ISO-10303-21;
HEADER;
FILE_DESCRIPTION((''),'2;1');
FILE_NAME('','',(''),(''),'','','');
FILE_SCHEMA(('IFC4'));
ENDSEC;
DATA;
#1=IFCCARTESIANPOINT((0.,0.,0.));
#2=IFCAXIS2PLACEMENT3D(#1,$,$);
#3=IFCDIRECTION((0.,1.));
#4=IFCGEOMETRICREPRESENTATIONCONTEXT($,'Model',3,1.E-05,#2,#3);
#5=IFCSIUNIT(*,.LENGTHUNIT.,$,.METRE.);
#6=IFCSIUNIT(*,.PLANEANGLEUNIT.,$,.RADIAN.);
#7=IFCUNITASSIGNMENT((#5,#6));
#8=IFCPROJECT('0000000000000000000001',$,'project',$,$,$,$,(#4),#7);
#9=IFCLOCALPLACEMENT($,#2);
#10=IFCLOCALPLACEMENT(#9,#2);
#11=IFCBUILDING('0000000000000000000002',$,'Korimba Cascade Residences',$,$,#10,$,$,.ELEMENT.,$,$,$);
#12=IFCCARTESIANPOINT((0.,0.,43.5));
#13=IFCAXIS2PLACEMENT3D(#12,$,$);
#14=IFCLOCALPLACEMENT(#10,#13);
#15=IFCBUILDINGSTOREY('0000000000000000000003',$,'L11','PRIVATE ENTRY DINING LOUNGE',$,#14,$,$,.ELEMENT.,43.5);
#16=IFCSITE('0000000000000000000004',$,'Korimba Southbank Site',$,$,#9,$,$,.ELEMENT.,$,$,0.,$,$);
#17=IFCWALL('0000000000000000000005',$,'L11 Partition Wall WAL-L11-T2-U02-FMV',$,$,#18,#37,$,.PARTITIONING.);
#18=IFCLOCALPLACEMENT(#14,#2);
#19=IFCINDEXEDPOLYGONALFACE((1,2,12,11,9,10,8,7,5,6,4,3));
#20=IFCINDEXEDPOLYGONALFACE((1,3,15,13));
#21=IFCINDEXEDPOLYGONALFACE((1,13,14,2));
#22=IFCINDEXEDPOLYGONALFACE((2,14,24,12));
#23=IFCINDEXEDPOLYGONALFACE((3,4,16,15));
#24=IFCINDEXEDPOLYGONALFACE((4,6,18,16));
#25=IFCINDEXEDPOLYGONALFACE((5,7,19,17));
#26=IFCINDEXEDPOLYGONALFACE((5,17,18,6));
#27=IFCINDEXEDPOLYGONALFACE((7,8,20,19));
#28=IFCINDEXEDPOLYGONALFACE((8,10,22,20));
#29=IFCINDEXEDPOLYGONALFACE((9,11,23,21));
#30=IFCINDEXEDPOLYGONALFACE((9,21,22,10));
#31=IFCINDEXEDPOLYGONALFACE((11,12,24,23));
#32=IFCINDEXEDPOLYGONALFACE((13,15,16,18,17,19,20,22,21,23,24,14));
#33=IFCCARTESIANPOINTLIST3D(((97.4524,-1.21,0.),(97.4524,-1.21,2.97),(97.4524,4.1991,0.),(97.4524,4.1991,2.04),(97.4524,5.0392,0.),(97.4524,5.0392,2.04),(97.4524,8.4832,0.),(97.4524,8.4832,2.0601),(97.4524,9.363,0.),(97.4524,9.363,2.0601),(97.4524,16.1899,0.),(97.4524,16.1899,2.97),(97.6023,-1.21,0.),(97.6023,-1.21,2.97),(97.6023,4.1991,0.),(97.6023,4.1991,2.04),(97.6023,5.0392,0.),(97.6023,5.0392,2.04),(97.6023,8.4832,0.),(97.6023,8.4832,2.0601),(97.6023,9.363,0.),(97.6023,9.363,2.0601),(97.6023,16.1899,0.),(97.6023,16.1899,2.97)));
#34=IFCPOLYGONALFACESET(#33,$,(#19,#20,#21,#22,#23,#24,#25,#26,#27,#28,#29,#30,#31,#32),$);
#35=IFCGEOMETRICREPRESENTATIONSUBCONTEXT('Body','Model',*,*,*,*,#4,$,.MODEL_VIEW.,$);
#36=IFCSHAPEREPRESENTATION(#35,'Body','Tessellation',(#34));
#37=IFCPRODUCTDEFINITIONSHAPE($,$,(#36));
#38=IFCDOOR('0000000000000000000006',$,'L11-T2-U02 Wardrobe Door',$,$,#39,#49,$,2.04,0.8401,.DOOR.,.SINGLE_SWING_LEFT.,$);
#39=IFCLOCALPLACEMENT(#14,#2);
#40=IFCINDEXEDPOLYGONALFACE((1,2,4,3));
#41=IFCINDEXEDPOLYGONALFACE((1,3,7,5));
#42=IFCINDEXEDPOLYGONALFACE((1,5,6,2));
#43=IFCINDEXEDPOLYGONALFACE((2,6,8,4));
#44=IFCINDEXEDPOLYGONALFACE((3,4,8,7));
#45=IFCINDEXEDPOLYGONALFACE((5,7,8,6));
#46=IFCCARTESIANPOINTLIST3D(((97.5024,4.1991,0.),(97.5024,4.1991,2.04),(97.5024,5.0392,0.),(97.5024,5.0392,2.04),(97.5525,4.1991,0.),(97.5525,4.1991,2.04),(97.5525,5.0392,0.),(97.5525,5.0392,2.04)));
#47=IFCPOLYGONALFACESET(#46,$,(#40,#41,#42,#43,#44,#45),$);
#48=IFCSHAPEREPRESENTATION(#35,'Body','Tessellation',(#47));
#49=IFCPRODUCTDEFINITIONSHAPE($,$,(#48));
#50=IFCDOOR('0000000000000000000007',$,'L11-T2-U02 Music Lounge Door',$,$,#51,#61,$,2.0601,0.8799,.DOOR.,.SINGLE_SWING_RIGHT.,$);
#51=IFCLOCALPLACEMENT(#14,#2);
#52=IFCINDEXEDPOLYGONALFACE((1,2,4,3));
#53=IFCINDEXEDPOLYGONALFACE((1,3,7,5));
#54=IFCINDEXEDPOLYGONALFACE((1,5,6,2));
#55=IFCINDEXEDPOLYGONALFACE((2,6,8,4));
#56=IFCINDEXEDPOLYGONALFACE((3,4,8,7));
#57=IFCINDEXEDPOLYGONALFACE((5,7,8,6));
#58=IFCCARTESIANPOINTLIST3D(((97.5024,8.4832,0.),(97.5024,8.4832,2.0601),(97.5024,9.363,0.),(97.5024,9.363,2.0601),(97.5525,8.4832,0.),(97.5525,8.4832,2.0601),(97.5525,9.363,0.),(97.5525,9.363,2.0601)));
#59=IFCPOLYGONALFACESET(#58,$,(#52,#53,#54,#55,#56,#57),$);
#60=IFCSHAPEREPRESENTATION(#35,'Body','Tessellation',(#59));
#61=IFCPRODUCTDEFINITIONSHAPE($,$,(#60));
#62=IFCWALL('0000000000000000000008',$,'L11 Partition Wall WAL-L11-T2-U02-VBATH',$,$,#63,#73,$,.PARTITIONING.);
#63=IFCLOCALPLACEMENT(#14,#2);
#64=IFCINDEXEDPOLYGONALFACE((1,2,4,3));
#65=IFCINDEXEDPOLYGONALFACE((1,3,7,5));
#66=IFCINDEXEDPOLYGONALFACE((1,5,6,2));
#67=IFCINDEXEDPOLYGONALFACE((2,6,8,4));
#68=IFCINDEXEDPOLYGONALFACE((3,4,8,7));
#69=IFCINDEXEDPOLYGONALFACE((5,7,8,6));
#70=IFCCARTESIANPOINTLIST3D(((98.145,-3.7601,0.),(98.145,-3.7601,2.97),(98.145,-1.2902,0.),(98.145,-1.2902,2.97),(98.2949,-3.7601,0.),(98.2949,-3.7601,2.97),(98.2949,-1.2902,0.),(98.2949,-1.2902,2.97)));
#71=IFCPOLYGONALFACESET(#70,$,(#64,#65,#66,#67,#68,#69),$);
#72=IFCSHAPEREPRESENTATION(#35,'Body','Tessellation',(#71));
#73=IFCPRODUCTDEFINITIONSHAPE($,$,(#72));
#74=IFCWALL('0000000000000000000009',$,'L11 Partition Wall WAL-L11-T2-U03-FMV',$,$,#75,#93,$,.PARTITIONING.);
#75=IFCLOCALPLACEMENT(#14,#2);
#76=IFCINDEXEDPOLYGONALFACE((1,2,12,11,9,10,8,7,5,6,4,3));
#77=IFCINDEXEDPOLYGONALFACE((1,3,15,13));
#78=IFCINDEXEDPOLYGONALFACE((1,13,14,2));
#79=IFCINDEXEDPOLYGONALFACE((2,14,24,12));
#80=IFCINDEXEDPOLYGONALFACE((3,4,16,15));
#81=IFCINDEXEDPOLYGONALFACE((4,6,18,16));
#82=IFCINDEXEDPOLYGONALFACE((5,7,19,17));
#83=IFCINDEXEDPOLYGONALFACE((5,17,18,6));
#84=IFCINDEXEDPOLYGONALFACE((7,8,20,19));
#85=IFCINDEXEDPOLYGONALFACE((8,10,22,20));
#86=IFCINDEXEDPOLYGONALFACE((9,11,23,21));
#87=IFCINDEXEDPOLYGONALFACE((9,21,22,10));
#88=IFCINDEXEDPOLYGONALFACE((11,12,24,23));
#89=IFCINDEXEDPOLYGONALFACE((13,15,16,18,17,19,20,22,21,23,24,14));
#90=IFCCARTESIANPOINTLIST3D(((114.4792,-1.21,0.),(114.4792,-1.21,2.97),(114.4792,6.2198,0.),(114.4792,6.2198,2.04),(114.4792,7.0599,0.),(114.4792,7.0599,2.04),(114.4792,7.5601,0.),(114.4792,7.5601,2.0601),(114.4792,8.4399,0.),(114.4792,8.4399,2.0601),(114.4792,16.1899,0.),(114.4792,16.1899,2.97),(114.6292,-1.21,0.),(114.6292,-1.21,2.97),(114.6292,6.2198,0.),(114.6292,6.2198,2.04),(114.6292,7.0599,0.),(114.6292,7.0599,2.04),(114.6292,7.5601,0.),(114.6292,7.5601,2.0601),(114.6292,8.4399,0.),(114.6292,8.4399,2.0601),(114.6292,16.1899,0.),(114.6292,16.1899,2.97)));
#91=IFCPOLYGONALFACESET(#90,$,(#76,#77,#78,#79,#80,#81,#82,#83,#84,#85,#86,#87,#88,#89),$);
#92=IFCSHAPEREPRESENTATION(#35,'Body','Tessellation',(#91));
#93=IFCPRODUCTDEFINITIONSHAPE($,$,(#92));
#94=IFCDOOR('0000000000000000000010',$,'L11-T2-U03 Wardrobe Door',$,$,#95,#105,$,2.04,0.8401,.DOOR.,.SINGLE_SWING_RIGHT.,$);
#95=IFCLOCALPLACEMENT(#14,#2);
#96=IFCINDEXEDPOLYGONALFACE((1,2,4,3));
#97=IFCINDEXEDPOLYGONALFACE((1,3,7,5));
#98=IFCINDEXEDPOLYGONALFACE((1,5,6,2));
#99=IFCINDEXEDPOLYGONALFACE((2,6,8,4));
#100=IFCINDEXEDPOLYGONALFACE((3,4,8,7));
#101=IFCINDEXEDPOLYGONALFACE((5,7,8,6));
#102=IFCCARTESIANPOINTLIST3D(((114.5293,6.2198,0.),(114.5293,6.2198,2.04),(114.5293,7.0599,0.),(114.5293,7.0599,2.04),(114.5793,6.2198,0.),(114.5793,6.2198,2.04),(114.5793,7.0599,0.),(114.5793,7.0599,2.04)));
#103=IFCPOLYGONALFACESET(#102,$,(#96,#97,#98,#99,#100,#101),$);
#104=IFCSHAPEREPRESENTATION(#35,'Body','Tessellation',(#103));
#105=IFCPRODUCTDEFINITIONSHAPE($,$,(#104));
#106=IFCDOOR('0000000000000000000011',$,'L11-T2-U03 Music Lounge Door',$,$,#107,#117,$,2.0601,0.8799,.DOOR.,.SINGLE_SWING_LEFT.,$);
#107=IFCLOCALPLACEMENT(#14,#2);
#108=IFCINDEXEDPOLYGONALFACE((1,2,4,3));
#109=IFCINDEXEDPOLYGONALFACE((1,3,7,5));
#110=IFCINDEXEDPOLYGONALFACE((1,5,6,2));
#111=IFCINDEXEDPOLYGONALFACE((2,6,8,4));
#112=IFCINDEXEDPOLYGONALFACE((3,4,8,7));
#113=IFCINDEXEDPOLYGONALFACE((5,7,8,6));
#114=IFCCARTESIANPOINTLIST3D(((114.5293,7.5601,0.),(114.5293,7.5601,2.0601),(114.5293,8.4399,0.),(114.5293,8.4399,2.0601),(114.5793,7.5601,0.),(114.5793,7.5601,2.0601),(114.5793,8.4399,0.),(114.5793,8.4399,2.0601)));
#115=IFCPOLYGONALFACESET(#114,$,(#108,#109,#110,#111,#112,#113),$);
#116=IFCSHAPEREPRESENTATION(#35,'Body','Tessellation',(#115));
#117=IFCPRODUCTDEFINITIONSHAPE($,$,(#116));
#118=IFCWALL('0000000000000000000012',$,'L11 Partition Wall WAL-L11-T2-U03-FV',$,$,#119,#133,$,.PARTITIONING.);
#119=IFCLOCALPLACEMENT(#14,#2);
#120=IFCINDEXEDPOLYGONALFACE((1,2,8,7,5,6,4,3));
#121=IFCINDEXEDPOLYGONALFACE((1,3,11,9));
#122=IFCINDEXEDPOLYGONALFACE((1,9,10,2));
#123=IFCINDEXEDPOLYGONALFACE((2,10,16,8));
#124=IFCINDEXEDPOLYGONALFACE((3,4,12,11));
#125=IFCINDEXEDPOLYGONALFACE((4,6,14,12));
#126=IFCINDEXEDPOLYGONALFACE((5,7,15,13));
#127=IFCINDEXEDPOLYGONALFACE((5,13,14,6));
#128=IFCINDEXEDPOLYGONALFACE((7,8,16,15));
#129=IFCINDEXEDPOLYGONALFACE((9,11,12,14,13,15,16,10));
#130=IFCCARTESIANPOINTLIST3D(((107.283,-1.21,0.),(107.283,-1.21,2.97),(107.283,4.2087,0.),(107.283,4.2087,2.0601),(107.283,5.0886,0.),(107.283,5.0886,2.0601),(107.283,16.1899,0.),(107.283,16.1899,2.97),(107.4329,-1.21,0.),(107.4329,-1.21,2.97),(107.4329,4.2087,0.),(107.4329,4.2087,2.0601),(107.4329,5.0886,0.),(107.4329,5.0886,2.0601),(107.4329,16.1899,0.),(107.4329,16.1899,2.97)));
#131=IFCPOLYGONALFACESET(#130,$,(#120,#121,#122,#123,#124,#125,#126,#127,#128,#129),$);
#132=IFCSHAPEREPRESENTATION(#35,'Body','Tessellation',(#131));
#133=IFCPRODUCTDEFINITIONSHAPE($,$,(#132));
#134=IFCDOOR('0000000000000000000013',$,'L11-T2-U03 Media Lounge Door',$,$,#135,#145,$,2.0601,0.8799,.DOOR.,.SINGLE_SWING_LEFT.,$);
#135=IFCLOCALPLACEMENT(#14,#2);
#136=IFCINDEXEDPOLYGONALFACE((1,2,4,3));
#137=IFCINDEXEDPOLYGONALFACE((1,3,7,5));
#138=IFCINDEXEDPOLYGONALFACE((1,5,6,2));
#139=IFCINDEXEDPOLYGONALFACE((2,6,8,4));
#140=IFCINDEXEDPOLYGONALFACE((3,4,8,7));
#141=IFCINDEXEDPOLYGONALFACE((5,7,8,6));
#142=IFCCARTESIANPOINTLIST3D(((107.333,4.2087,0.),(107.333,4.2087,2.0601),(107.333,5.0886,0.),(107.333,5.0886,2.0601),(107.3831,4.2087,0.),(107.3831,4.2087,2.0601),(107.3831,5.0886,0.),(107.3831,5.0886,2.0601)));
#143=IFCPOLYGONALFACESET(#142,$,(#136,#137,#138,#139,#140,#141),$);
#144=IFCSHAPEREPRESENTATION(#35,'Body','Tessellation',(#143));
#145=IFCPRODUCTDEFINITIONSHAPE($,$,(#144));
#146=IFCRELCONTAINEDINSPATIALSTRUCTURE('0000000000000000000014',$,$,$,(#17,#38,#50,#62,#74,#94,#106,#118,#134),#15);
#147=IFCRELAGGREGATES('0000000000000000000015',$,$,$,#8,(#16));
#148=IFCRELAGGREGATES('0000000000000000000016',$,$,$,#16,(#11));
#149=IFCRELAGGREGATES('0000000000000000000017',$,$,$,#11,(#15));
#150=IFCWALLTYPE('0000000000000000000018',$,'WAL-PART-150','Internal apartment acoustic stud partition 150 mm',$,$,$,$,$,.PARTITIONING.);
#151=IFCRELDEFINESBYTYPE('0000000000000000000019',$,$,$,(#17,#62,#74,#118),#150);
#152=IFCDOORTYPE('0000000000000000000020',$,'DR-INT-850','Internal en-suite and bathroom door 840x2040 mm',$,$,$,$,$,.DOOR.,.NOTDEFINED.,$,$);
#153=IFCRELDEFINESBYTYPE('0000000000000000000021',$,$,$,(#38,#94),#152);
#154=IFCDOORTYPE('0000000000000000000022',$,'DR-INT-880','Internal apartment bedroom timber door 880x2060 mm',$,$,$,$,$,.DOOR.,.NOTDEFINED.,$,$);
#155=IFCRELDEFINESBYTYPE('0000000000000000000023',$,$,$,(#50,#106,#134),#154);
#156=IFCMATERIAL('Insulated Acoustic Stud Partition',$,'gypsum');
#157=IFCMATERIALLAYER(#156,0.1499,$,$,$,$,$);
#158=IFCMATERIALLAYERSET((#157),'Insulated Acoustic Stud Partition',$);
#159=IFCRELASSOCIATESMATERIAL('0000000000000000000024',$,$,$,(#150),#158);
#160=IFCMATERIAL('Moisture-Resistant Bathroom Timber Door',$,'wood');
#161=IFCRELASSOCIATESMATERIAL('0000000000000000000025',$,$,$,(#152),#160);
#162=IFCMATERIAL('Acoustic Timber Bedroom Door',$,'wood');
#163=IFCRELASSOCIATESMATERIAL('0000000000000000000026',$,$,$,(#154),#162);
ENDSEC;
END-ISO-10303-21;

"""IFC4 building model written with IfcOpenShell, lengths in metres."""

from ifc_helpers import new_model, si_unit, direction, frame, frame_2d, origin, place, context, subcontext, project, spatial, rectangle, extrude, material, layer, layer_set, type_object, element, fill, save


model = new_model("IFC4")

# Units and contexts
model_context = context("Model", 3, precision=1e-05, world=origin(), true_north=direction((0.0, 1.0)))
body_context = subcontext(model_context, "Body", "Model", "MODEL_VIEW")
ifc_project = project(units=[si_unit("LENGTHUNIT", "METRE"), si_unit("PLANEANGLEUNIT", "RADIAN")], contexts=[model_context])

# Site, building, storey
site_placement = place(None, origin())
site = spatial("IfcSite", under=ifc_project, at=site_placement, Name="Korimba Southbank Site", CompositionType="ELEMENT", RefElevation=0.0)
building_placement = place(site_placement, origin())
building = spatial("IfcBuilding", under=site, at=building_placement, Name="Korimba Cascade Residences", CompositionType="ELEMENT")
storey_placement = place(building_placement, frame((0.0, 0.0, 43.5)))
storey = spatial("IfcBuildingStorey", under=building, at=storey_placement, Name="L11", Description="PRIVATE ENTRY DINING LOUNGE", CompositionType="ELEMENT", Elevation=43.5)

# Wall, openings, doors
ifc_material_1 = material(Name="Insulated Acoustic Stud Partition", Category="gypsum")
ifc_layer = layer(ifc_material_1, 0.1499)
ifc_layer_set = layer_set([ifc_layer], Name="Insulated Acoustic Stud Partition")
wall_type = type_object("IfcWallType", Name="WAL-PART-150", Description="Internal apartment acoustic stud partition 150 mm", PredefinedType="PARTITIONING", material=ifc_layer_set)
wall_1_placement = place(storey_placement, frame((97.5273, -1.21, 0.0), z_axis=(0.0, 0.0, 1.0), x_axis=(0.0, 1.0, 0.0)))
wall_1 = element("IfcWall", 1, at=wall_1_placement, inside=storey, type_object=wall_type, Name="L11 Partition Wall WAL-L11-T2-U02-FMV", PredefinedType="PARTITIONING", context=body_context, shape_type="SweptSolid", body=[
    extrude(rectangle(XDim=17.3999, YDim=0.1499, at=frame_2d((8.7, 0.0))), origin(), (0.0, 0.0, 1.0), 2.97),
])
opening_1_placement = place(wall_1_placement, frame((5.4092, 0.0, 0.0)))
opening_1 = element("IfcOpeningElement", 2, at=opening_1_placement, cuts=wall_1, PredefinedType="OPENING", context=body_context, shape_type="SweptSolid", body=[
    extrude(rectangle(XDim=0.8401, YDim=2.04, at=frame_2d((0.4199, 1.02))), frame((0.0, 0.085, 0.0), z_axis=(0.0, -1.0, 0.0), x_axis=(1.0, 0.0, 0.0)), (0.0, 0.0, 1.0), 0.1699),
])
opening_2_placement = place(wall_1_placement, frame((9.6931, 0.0, 0.0)))
opening_2 = element("IfcOpeningElement", 3, at=opening_2_placement, cuts=wall_1, PredefinedType="OPENING", context=body_context, shape_type="SweptSolid", body=[
    extrude(rectangle(XDim=0.8799, YDim=2.0601, at=frame_2d((0.4399, 1.03))), frame((0.0, 0.085, 0.0), z_axis=(0.0, -1.0, 0.0), x_axis=(1.0, 0.0, 0.0)), (0.0, 0.0, 1.0), 0.1699),
])
ifc_material_2 = material(Name="Moisture-Resistant Bathroom Timber Door", Category="wood")
door_type_1 = type_object("IfcDoorType", Name="DR-INT-850", Description="Internal en-suite and bathroom door 840x2040 mm", OperationType="NOTDEFINED", PredefinedType="DOOR", material=ifc_material_2)
door_1_placement = place(opening_1_placement, origin())
door_1 = element("IfcDoor", 4, at=door_1_placement, inside=storey, type_object=door_type_1, Name="L11-T2-U02 Wardrobe Door", OperationType="SINGLE_SWING_LEFT", OverallHeight=2.04, OverallWidth=0.8401, PredefinedType="DOOR", context=body_context, shape_type="SweptSolid", body=[
    extrude(rectangle(XDim=0.8401, YDim=2.04, at=frame_2d((0.4199, 1.02))), frame((0.0, 0.0249, 0.0), z_axis=(0.0, -1.0, 0.0), x_axis=(1.0, 0.0, 0.0)), (0.0, 0.0, 1.0), 0.05),
])
fill(opening_1, door_1)
ifc_material_3 = material(Name="Acoustic Timber Bedroom Door", Category="wood")
door_type_2 = type_object("IfcDoorType", Name="DR-INT-880", Description="Internal apartment bedroom timber door 880x2060 mm", OperationType="NOTDEFINED", PredefinedType="DOOR", material=ifc_material_3)
door_2_placement = place(opening_2_placement, origin())
door_2 = element("IfcDoor", 5, at=door_2_placement, inside=storey, type_object=door_type_2, Name="L11-T2-U02 Music Lounge Door", OperationType="SINGLE_SWING_RIGHT", OverallHeight=2.0601, OverallWidth=0.8799, PredefinedType="DOOR", context=body_context, shape_type="SweptSolid", body=[
    extrude(rectangle(XDim=0.8799, YDim=2.0601, at=frame_2d((0.4399, 1.03))), frame((0.0, 0.0249, 0.0), z_axis=(0.0, -1.0, 0.0), x_axis=(1.0, 0.0, 0.0)), (0.0, 0.0, 1.0), 0.05),
])
fill(opening_2, door_2)

# Wall
wall_2_placement = place(storey_placement, frame((98.22, -3.76, 0.0), z_axis=(0.0, 0.0, 1.0), x_axis=(0.0, 1.0, 0.0)))
element("IfcWall", 6, at=wall_2_placement, inside=storey, type_object=wall_type, Name="L11 Partition Wall WAL-L11-T2-U02-VBATH", PredefinedType="PARTITIONING", context=body_context, shape_type="SweptSolid", body=[
    extrude(rectangle(XDim=2.47, YDim=0.1499, at=frame_2d((1.2349, 0.0))), origin(), (0.0, 0.0, 1.0), 2.97),
])

# Wall, openings, doors
wall_3_placement = place(storey_placement, frame((114.5542, -1.21, 0.0), z_axis=(0.0, 0.0, 1.0), x_axis=(0.0, 1.0, 0.0)))
wall_3 = element("IfcWall", 7, at=wall_3_placement, inside=storey, type_object=wall_type, Name="L11 Partition Wall WAL-L11-T2-U03-FMV", PredefinedType="PARTITIONING", context=body_context, shape_type="SweptSolid", body=[
    extrude(rectangle(XDim=17.3999, YDim=0.1499, at=frame_2d((8.7, 0.0))), origin(), (0.0, 0.0, 1.0), 2.97),
])
opening_3_placement = place(wall_3_placement, frame((7.4299, 0.0, 0.0)))
opening_3 = element("IfcOpeningElement", 8, at=opening_3_placement, cuts=wall_3, PredefinedType="OPENING", context=body_context, shape_type="SweptSolid", body=[
    extrude(rectangle(XDim=0.8401, YDim=2.04, at=frame_2d((0.4199, 1.02))), frame((0.0, 0.085, 0.0), z_axis=(0.0, -1.0, 0.0), x_axis=(1.0, 0.0, 0.0)), (0.0, 0.0, 1.0), 0.1699),
])
opening_4_placement = place(wall_3_placement, frame((8.77, 0.0, 0.0)))
opening_4 = element("IfcOpeningElement", 9, at=opening_4_placement, cuts=wall_3, PredefinedType="OPENING", context=body_context, shape_type="SweptSolid", body=[
    extrude(rectangle(XDim=0.8799, YDim=2.0601, at=frame_2d((0.4399, 1.03))), frame((0.0, 0.085, 0.0), z_axis=(0.0, -1.0, 0.0), x_axis=(1.0, 0.0, 0.0)), (0.0, 0.0, 1.0), 0.1699),
])
door_3_placement = place(opening_3_placement, origin())
door_3 = element("IfcDoor", 10, at=door_3_placement, inside=storey, type_object=door_type_1, Name="L11-T2-U03 Wardrobe Door", OperationType="SINGLE_SWING_RIGHT", OverallHeight=2.04, OverallWidth=0.8401, PredefinedType="DOOR", context=body_context, shape_type="SweptSolid", body=[
    extrude(rectangle(XDim=0.8401, YDim=2.04, at=frame_2d((0.4199, 1.02))), frame((0.0, 0.0249, 0.0), z_axis=(0.0, -1.0, 0.0), x_axis=(1.0, 0.0, 0.0)), (0.0, 0.0, 1.0), 0.05),
])
fill(opening_3, door_3)
door_4_placement = place(opening_4_placement, origin())
door_4 = element("IfcDoor", 11, at=door_4_placement, inside=storey, type_object=door_type_2, Name="L11-T2-U03 Music Lounge Door", OperationType="SINGLE_SWING_LEFT", OverallHeight=2.0601, OverallWidth=0.8799, PredefinedType="DOOR", context=body_context, shape_type="SweptSolid", body=[
    extrude(rectangle(XDim=0.8799, YDim=2.0601, at=frame_2d((0.4399, 1.03))), frame((0.0, 0.0249, 0.0), z_axis=(0.0, -1.0, 0.0), x_axis=(1.0, 0.0, 0.0)), (0.0, 0.0, 1.0), 0.05),
])
fill(opening_4, door_4)

# Wall, opening, door
wall_4_placement = place(storey_placement, frame((107.3579, -1.21, 0.0), z_axis=(0.0, 0.0, 1.0), x_axis=(0.0, 1.0, 0.0)))
wall_4 = element("IfcWall", 12, at=wall_4_placement, inside=storey, type_object=wall_type, Name="L11 Partition Wall WAL-L11-T2-U03-FV", PredefinedType="PARTITIONING", context=body_context, shape_type="SweptSolid", body=[
    extrude(rectangle(XDim=17.3999, YDim=0.1499, at=frame_2d((8.7, 0.0))), origin(), (0.0, 0.0, 1.0), 2.97),
])
opening_5_placement = place(wall_4_placement, frame((5.4187, 0.0, 0.0)))
opening_5 = element("IfcOpeningElement", 13, at=opening_5_placement, cuts=wall_4, PredefinedType="OPENING", context=body_context, shape_type="SweptSolid", body=[
    extrude(rectangle(XDim=0.8799, YDim=2.0601, at=frame_2d((0.4399, 1.03))), frame((0.0, 0.085, 0.0), z_axis=(0.0, -1.0, 0.0), x_axis=(1.0, 0.0, 0.0)), (0.0, 0.0, 1.0), 0.1699),
])
door_5_placement = place(opening_5_placement, origin())
door_5 = element("IfcDoor", 14, at=door_5_placement, inside=storey, type_object=door_type_2, Name="L11-T2-U03 Media Lounge Door", OperationType="SINGLE_SWING_LEFT", OverallHeight=2.0601, OverallWidth=0.8799, PredefinedType="DOOR", context=body_context, shape_type="SweptSolid", body=[
    extrude(rectangle(XDim=0.8799, YDim=2.0601, at=frame_2d((0.4399, 1.03))), frame((0.0, 0.0249, 0.0), z_axis=(0.0, -1.0, 0.0), x_axis=(1.0, 0.0, 0.0)), (0.0, 0.0, 1.0), 0.05),
])
fill(opening_5, door_5)

save(model, "model.ifc")
